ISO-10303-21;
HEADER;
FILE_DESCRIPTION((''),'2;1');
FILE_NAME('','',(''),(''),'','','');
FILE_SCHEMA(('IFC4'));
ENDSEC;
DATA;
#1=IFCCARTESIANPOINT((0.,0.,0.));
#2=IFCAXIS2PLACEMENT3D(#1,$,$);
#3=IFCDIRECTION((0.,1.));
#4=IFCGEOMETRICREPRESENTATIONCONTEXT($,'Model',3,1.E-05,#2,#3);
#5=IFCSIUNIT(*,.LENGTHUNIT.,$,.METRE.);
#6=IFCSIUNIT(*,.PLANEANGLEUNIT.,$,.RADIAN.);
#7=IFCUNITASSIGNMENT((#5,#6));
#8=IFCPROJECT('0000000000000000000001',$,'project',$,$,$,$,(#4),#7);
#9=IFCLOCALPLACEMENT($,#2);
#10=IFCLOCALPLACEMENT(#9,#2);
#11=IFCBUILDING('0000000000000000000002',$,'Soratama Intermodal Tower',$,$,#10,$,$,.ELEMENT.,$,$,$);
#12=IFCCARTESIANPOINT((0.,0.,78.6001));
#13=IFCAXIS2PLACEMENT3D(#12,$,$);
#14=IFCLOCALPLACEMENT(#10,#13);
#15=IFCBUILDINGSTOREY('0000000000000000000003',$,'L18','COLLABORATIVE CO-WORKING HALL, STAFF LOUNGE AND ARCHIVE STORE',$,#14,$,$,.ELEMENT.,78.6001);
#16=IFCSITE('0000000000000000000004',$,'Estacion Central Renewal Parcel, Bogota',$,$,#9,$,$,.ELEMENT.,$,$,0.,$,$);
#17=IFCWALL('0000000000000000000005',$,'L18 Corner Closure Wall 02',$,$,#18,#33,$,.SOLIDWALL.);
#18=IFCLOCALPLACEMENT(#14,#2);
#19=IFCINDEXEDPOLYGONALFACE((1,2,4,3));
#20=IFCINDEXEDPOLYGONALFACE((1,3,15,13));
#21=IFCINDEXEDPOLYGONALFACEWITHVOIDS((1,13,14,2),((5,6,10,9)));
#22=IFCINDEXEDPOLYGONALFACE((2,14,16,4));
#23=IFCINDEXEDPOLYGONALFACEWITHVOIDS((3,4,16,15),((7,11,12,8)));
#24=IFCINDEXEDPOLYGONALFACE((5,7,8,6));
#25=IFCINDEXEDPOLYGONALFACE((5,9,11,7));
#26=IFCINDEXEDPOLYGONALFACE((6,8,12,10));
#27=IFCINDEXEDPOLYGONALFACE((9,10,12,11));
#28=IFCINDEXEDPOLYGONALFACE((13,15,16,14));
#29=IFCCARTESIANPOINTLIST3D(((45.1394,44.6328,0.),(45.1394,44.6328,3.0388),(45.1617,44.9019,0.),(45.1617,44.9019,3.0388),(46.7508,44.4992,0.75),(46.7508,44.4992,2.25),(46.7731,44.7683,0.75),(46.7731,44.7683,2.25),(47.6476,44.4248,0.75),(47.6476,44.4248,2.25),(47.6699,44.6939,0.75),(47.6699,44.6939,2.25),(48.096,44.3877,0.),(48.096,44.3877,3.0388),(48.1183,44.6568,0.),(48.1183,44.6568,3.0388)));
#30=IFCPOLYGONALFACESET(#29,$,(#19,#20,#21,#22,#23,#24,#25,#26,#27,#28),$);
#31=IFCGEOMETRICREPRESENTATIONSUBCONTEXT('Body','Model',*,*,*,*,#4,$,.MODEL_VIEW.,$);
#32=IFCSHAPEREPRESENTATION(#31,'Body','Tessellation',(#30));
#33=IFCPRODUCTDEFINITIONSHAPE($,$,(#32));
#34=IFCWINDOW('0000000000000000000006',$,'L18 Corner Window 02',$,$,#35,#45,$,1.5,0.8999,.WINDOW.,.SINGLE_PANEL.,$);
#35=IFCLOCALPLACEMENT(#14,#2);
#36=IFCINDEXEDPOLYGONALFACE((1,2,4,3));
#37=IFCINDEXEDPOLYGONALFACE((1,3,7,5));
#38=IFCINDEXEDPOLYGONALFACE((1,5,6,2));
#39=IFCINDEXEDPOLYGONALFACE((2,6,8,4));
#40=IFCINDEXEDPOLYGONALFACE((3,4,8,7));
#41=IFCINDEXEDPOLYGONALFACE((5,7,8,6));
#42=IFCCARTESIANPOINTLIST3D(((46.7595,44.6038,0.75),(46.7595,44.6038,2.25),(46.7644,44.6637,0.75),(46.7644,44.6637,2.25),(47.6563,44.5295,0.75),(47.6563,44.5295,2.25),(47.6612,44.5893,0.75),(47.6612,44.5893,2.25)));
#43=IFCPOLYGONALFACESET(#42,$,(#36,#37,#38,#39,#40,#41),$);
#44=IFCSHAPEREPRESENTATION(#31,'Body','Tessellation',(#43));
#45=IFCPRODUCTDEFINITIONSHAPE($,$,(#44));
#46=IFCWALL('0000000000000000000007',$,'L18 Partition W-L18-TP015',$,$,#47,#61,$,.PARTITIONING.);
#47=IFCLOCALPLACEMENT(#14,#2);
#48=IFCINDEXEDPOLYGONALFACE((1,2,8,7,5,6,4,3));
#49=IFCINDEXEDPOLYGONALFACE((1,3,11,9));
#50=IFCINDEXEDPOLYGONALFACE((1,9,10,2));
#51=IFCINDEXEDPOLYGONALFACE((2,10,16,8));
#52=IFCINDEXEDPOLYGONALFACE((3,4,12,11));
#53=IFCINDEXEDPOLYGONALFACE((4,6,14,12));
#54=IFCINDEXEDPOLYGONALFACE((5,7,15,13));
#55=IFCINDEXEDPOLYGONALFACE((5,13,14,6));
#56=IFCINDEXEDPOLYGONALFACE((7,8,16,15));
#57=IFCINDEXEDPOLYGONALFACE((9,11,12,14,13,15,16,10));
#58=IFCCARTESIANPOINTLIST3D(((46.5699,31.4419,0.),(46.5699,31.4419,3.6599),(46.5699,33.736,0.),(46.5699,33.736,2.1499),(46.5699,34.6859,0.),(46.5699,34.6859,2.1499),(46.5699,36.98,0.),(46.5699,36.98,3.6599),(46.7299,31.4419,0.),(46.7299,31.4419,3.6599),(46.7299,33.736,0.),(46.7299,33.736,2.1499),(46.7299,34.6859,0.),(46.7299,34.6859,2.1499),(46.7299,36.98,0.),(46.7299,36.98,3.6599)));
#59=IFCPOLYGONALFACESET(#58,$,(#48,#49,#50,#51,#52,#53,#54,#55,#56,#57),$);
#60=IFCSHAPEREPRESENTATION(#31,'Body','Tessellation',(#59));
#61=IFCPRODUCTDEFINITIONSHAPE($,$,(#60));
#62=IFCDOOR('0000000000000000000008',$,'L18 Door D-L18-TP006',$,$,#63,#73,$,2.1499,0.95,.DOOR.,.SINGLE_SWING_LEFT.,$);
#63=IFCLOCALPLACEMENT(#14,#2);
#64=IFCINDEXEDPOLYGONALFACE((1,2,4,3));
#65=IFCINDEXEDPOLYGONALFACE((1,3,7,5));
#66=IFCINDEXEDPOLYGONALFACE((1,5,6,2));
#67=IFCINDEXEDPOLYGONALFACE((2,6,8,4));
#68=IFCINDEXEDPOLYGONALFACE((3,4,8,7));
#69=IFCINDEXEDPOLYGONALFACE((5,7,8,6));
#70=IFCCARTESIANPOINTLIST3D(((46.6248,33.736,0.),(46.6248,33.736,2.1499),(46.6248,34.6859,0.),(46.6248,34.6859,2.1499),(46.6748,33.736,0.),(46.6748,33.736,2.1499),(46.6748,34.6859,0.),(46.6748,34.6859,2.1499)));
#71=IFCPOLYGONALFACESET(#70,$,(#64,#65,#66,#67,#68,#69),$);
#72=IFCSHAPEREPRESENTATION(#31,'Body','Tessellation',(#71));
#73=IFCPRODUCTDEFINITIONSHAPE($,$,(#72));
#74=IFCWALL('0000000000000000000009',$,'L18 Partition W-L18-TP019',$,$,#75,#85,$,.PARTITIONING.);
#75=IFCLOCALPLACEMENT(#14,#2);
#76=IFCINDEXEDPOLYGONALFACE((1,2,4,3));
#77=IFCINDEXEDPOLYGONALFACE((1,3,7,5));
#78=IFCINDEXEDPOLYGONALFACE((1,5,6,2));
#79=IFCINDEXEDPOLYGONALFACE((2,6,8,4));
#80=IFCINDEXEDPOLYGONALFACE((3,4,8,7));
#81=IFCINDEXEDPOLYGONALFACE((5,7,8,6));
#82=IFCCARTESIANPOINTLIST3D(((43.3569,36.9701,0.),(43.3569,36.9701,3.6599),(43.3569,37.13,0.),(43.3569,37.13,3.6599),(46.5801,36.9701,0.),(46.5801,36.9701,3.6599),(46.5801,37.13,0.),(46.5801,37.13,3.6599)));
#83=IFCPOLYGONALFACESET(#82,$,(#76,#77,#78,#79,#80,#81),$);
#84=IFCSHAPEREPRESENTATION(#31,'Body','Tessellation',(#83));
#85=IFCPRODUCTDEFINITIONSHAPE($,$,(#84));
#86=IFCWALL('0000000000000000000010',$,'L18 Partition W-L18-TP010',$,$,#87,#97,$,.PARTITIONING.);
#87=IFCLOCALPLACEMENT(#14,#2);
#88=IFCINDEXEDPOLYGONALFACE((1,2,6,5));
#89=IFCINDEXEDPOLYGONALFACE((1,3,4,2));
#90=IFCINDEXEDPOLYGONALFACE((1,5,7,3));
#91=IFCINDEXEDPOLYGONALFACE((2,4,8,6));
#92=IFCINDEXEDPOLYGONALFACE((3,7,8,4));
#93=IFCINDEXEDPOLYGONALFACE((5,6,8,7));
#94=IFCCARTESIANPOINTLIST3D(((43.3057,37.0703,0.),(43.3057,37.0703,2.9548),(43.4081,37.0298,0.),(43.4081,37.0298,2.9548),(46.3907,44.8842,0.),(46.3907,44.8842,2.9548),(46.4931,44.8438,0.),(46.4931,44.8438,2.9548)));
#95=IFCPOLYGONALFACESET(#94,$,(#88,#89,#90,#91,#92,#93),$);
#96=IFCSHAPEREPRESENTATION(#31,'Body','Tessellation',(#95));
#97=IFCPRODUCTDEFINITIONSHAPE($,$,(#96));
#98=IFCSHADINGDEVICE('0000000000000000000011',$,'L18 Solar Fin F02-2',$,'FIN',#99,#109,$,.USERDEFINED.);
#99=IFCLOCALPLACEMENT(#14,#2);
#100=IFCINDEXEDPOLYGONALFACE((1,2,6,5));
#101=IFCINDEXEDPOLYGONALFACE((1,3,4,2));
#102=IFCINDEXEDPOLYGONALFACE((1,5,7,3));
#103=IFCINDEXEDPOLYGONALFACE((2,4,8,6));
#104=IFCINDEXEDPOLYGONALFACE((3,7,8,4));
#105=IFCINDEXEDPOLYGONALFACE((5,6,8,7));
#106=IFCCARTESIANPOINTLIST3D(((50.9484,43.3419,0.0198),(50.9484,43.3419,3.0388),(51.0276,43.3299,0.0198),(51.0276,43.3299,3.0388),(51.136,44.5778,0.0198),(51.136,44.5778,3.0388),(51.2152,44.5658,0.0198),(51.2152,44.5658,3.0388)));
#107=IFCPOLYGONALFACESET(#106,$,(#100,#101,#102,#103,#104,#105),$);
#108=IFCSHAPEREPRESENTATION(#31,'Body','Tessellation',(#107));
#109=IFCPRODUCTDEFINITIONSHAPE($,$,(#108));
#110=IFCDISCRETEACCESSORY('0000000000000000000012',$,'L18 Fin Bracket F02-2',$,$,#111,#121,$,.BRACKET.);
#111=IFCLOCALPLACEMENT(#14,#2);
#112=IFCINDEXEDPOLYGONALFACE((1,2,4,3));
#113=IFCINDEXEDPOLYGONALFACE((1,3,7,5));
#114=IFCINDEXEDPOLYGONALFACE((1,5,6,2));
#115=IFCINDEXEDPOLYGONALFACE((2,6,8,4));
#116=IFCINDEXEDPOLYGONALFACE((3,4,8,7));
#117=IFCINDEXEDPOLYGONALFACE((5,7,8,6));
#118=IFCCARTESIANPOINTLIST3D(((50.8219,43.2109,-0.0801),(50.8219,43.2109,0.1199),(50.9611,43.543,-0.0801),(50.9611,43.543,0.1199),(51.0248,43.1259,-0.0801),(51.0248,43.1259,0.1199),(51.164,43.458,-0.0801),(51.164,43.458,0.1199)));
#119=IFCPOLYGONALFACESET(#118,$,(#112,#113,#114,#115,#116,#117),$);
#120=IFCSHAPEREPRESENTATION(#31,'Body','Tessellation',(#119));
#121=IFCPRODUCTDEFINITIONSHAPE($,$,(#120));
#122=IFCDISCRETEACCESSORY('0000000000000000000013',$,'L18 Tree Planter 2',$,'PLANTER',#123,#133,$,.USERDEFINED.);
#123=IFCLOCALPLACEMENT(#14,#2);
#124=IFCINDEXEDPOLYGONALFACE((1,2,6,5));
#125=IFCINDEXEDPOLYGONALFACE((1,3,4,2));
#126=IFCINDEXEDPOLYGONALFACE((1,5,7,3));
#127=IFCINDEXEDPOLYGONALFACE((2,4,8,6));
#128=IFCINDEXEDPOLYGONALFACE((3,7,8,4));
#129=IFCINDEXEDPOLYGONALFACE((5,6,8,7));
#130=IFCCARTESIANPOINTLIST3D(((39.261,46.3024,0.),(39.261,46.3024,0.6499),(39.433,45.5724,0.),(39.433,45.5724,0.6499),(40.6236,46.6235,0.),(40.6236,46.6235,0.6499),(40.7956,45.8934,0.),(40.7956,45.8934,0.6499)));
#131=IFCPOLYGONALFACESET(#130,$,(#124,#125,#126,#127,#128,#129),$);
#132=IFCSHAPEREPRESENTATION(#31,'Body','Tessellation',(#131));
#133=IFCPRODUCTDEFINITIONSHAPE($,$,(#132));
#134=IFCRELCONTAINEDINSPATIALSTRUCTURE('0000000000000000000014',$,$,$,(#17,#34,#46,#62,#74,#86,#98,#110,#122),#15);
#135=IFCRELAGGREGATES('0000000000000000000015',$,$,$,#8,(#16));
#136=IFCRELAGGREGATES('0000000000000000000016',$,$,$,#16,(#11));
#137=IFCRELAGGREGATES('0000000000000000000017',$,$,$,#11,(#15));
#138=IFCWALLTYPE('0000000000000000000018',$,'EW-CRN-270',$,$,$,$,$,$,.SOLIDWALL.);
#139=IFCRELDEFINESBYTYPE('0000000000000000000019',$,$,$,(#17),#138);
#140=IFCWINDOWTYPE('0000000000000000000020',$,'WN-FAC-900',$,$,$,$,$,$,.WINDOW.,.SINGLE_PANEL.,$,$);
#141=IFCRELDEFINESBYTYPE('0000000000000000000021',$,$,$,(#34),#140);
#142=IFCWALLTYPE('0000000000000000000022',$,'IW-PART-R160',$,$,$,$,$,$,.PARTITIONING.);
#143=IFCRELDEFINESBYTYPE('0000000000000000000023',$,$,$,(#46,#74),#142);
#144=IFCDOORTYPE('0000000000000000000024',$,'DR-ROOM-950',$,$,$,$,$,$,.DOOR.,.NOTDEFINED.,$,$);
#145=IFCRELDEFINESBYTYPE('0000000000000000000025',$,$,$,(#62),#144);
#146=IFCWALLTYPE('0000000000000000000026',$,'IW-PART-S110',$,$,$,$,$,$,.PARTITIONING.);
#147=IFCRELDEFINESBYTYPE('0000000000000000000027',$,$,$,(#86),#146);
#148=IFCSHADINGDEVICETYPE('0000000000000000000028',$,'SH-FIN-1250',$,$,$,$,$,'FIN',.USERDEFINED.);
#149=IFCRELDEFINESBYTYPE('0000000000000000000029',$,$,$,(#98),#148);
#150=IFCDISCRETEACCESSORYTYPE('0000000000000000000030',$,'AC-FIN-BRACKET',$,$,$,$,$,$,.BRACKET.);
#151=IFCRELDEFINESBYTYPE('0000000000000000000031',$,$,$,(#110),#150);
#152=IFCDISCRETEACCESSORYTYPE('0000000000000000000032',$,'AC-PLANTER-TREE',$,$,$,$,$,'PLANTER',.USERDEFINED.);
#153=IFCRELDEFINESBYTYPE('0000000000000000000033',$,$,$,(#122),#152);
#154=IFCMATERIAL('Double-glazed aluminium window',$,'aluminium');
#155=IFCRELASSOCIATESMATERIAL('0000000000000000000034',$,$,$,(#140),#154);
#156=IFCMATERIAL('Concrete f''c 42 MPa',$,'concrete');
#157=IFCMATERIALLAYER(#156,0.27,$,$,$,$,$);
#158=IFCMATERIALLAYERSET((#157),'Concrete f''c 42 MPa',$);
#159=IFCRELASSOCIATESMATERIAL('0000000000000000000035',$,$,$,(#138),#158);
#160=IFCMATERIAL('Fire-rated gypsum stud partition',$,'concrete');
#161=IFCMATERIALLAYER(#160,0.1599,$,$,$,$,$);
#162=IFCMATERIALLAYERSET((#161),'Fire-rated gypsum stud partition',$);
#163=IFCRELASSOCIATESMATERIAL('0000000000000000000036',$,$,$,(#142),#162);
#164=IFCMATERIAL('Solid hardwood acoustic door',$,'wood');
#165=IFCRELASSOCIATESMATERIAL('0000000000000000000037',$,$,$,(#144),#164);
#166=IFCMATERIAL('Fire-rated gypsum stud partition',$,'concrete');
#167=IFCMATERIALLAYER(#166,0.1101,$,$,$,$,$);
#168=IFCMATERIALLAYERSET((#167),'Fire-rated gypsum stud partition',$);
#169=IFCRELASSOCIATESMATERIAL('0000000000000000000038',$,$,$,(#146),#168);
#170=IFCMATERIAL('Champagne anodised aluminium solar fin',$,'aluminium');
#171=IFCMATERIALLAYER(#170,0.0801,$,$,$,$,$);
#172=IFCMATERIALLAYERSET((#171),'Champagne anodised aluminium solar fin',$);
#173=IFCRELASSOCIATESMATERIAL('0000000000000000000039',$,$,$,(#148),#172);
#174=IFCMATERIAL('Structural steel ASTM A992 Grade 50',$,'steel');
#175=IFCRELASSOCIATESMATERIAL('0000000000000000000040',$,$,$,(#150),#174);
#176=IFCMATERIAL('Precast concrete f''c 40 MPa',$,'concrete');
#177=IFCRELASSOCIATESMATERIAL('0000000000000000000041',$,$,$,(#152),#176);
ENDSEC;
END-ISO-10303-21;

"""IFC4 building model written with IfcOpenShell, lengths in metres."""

from ifc_helpers import new_model, si_unit, direction, frame, frame_2d, origin, origin_2d, place, context, subcontext, project, spatial, rectangle, extrude, material, layer, layer_set, type_object, element, fill, save


model = new_model("IFC4")

# Units and contexts
model_context = context("Model", 3, precision=1e-05, world=origin(), true_north=direction((0.0, 1.0)))
body_context = subcontext(model_context, "Body", "Model", "MODEL_VIEW")
ifc_project = project(units=[si_unit("LENGTHUNIT", "METRE"), si_unit("PLANEANGLEUNIT", "RADIAN")], contexts=[model_context])

# Site, building, storey
site_placement = place(None, origin())
site = spatial("IfcSite", under=ifc_project, at=site_placement, Name="Estacion Central Renewal Parcel, Bogota", CompositionType="ELEMENT", RefElevation=0.0)
building_placement = place(site_placement, origin())
building = spatial("IfcBuilding", under=site, at=building_placement, Name="Soratama Intermodal Tower", CompositionType="ELEMENT")
storey_placement = place(building_placement, frame((0.0, 0.0, 78.6001)))
storey = spatial("IfcBuildingStorey", under=building, at=storey_placement, Name="L18", Description="COLLABORATIVE CO-WORKING HALL, STAFF LOUNGE AND ARCHIVE STORE", CompositionType="ELEMENT", Elevation=78.6001)

# Shared definitions
ifc_material_1 = material(Name="Double-glazed aluminium window", Category="aluminium")
window_type = type_object("IfcWindowType", Name="WN-FAC-900", PartitioningType="SINGLE_PANEL", PredefinedType="WINDOW", material=ifc_material_1)

# Wall, opening, window
ifc_material_2 = material(Name="Concrete f'c 42 MPa", Category="concrete")
ifc_layer_1 = layer(ifc_material_2, 0.27)
ifc_layer_set_1 = layer_set([ifc_layer_1], Name="Concrete f'c 42 MPa")
wall_type_1 = type_object("IfcWallType", Name="EW-CRN-270", PredefinedType="SOLIDWALL", material=ifc_layer_set_1)
wall_1_placement = place(storey_placement, frame((48.1072, 44.5222, 0.0), z_axis=(0.0, 0.0, 1.0), x_axis=(-0.996581, 0.082623, 0.0)))
wall_1 = element("IfcWall", 1, at=wall_1_placement, inside=storey, type_object=wall_type_1, Name="L18 Corner Closure Wall 02", PredefinedType="SOLIDWALL", context=body_context, shape_type="SweptSolid", body=[
    extrude(rectangle(XDim=2.9668, YDim=0.27, at=frame_2d((1.4834, 0.0))), origin(), (0.0, 0.0, 1.0), 3.0388),
])
opening_1_placement = place(wall_1_placement, frame((0.45, 0.0, 0.75)))
opening_1 = element("IfcOpeningElement", 2, at=opening_1_placement, cuts=wall_1, PredefinedType="OPENING", context=body_context, shape_type="SweptSolid", body=[
    extrude(rectangle(XDim=0.8999, YDim=1.5, at=frame_2d((0.45, 0.75))), frame((0.0, 0.145, 0.0), z_axis=(0.0, -1.0, 0.0), x_axis=(1.0, 0.0, 0.0)), (0.0, 0.0, 1.0), 0.29),
])
window_1_placement = place(opening_1_placement, origin())
window_1 = element("IfcWindow", 3, at=window_1_placement, inside=storey, type_object=window_type, Name="L18 Corner Window 02", OverallHeight=1.5, OverallWidth=0.8999, PartitioningType="SINGLE_PANEL", PredefinedType="WINDOW", context=body_context, shape_type="SweptSolid", body=[
    extrude(rectangle(XDim=0.8999, YDim=1.5, at=frame_2d((0.45, 0.75))), frame((0.0, 0.03, 0.0), z_axis=(0.0, -1.0, 0.0), x_axis=(1.0, 0.0, 0.0)), (0.0, 0.0, 1.0), 0.0601),
])
fill(opening_1, window_1)

# Wall, opening, door
ifc_material_3 = material(Name="Fire-rated gypsum stud partition", Category="concrete")
ifc_layer_2 = layer(ifc_material_3, 0.1599)
ifc_layer_set_2 = layer_set([ifc_layer_2], Name="Fire-rated gypsum stud partition")
wall_type_2 = type_object("IfcWallType", Name="IW-PART-R160", PredefinedType="PARTITIONING", material=ifc_layer_set_2)
wall_2_placement = place(storey_placement, frame((46.6499, 36.98, 0.0), z_axis=(0.0, 0.0, 1.0), x_axis=(0.0, -1.0, 0.0)))
wall_2 = element("IfcWall", 4, at=wall_2_placement, inside=storey, type_object=wall_type_2, Name="L18 Partition W-L18-TP015", PredefinedType="PARTITIONING", context=body_context, shape_type="SweptSolid", body=[
    extrude(rectangle(XDim=5.5381, YDim=0.1599, at=frame_2d((2.769, 0.0))), origin(), (0.0, 0.0, 1.0), 3.6599),
])
opening_2_placement = place(wall_2_placement, frame((2.2939, 0.0, 0.0)))
opening_2 = element("IfcOpeningElement", 5, at=opening_2_placement, cuts=wall_2, PredefinedType="OPENING", context=body_context, shape_type="SweptSolid", body=[
    extrude(rectangle(XDim=0.95, YDim=2.1499, at=frame_2d((0.4751, 1.075))), frame((0.0, 0.0898, 0.0), z_axis=(0.0, -1.0, 0.0), x_axis=(1.0, 0.0, 0.0)), (0.0, 0.0, 1.0), 0.1799),
])
ifc_material_4 = material(Name="Solid hardwood acoustic door", Category="wood")
door_type_1 = type_object("IfcDoorType", Name="DR-ROOM-950", OperationType="NOTDEFINED", PredefinedType="DOOR", material=ifc_material_4)
door_1_placement = place(opening_2_placement, origin())
door_1 = element("IfcDoor", 6, at=door_1_placement, inside=storey, type_object=door_type_1, Name="L18 Door D-L18-TP006", OperationType="SINGLE_SWING_LEFT", OverallHeight=2.1499, OverallWidth=0.95, PredefinedType="DOOR", context=body_context, shape_type="SweptSolid", body=[
    extrude(rectangle(XDim=0.95, YDim=2.1499, at=frame_2d((0.4751, 1.075))), frame((0.0, 0.0249, 0.0), z_axis=(0.0, -1.0, 0.0), x_axis=(1.0, 0.0, 0.0)), (0.0, 0.0, 1.0), 0.05),
])
fill(opening_2, door_1)

# Walls
wall_3_placement = place(storey_placement, frame((43.3569, 37.05, 0.0), z_axis=(0.0, 0.0, 1.0), x_axis=(1.0, 0.0, 0.0)))
element("IfcWall", 7, at=wall_3_placement, inside=storey, type_object=wall_type_2, Name="L18 Partition W-L18-TP019", PredefinedType="PARTITIONING", context=body_context, shape_type="SweptSolid", body=[
    extrude(rectangle(XDim=3.2231, YDim=0.1599, at=frame_2d((1.6116, 0.0))), origin(), (0.0, 0.0, 1.0), 3.6599),
])
ifc_material_5 = material(Name="Fire-rated gypsum stud partition", Category="concrete")
ifc_layer_3 = layer(ifc_material_5, 0.1101)
ifc_layer_set_3 = layer_set([ifc_layer_3], Name="Fire-rated gypsum stud partition")
wall_type_3 = type_object("IfcWallType", Name="IW-PART-S110", PredefinedType="PARTITIONING", material=ifc_layer_set_3)
wall_4_placement = place(storey_placement, frame((43.3569, 37.05, 0.0), z_axis=(0.0, 0.0, 1.0), x_axis=(0.367218, 0.930135, 0.0)))
element("IfcWall", 8, at=wall_4_placement, inside=storey, type_object=wall_type_3, Name="L18 Partition W-L18-TP010", PredefinedType="PARTITIONING", context=body_context, shape_type="SweptSolid", body=[
    extrude(rectangle(XDim=8.4009, YDim=0.1101, at=frame_2d((4.2004, 0.0))), origin(), (0.0, 0.0, 1.0), 2.9548),
])

# Shading device
ifc_material_6 = material(Name="Champagne anodised aluminium solar fin", Category="aluminium")
ifc_layer_4 = layer(ifc_material_6, 0.0801)
ifc_layer_set_4 = layer_set([ifc_layer_4], Name="Champagne anodised aluminium solar fin")
shading_device_type = type_object("IfcShadingDeviceType", Name="SH-FIN-1250", ElementType="FIN", PredefinedType="USERDEFINED", material=ifc_layer_set_4)
shading_device_placement = place(storey_placement, frame((51.0818, 43.9539, 0.0198), z_axis=(0.0, 0.0, 1.0), x_axis=(0.150053, 0.988678, 0.0)))
element("IfcShadingDevice", 9, at=shading_device_placement, inside=storey, type_object=shading_device_type, Name="L18 Solar Fin F02-2", ObjectType="FIN", PredefinedType="USERDEFINED", context=body_context, shape_type="SweptSolid", body=[
    extrude(rectangle(XDim=1.25, YDim=0.0801, at=origin_2d()), origin(), (0.0, 0.0, 1.0), 3.019),
])

# Discrete accessories
ifc_material_7 = material(Name="Structural steel ASTM A992 Grade 50", Category="steel")
discrete_accessory_type_1 = type_object("IfcDiscreteAccessoryType", Name="AC-FIN-BRACKET", PredefinedType="BRACKET", material=ifc_material_7)
discrete_accessory_1_placement = place(storey_placement, frame((50.9929, 43.3345, -0.0801), z_axis=(0.0, 0.0, 1.0), x_axis=(0.38655, 0.922268, 0.0)))
element("IfcDiscreteAccessory", 10, at=discrete_accessory_1_placement, inside=storey, type_object=discrete_accessory_type_1, Name="L18 Fin Bracket F02-2", PredefinedType="BRACKET", context=body_context, shape_type="SweptSolid", body=[
    extrude(rectangle(XDim=0.3601, YDim=0.22, at=origin_2d()), origin(), (0.0, 0.0, 1.0), 0.2),
])
ifc_material_8 = material(Name="Precast concrete f'c 40 MPa", Category="concrete")
discrete_accessory_type_2 = type_object("IfcDiscreteAccessoryType", Name="AC-PLANTER-TREE", ElementType="PLANTER", PredefinedType="USERDEFINED", material=ifc_material_8)
discrete_accessory_2_placement = place(storey_placement, frame((40.0283, 46.0979, 0.0), z_axis=(0.0, 0.0, 1.0), x_axis=(-0.22937, 0.973339, 0.0)))
element("IfcDiscreteAccessory", 11, at=discrete_accessory_2_placement, inside=storey, type_object=discrete_accessory_type_2, Name="L18 Tree Planter 2", ObjectType="PLANTER", PredefinedType="USERDEFINED", context=body_context, shape_type="SweptSolid", body=[
    extrude(rectangle(XDim=0.75, YDim=1.3999, at=origin_2d()), origin(), (0.0, 0.0, 1.0), 0.6499),
])

save(model, "model.ifc")
